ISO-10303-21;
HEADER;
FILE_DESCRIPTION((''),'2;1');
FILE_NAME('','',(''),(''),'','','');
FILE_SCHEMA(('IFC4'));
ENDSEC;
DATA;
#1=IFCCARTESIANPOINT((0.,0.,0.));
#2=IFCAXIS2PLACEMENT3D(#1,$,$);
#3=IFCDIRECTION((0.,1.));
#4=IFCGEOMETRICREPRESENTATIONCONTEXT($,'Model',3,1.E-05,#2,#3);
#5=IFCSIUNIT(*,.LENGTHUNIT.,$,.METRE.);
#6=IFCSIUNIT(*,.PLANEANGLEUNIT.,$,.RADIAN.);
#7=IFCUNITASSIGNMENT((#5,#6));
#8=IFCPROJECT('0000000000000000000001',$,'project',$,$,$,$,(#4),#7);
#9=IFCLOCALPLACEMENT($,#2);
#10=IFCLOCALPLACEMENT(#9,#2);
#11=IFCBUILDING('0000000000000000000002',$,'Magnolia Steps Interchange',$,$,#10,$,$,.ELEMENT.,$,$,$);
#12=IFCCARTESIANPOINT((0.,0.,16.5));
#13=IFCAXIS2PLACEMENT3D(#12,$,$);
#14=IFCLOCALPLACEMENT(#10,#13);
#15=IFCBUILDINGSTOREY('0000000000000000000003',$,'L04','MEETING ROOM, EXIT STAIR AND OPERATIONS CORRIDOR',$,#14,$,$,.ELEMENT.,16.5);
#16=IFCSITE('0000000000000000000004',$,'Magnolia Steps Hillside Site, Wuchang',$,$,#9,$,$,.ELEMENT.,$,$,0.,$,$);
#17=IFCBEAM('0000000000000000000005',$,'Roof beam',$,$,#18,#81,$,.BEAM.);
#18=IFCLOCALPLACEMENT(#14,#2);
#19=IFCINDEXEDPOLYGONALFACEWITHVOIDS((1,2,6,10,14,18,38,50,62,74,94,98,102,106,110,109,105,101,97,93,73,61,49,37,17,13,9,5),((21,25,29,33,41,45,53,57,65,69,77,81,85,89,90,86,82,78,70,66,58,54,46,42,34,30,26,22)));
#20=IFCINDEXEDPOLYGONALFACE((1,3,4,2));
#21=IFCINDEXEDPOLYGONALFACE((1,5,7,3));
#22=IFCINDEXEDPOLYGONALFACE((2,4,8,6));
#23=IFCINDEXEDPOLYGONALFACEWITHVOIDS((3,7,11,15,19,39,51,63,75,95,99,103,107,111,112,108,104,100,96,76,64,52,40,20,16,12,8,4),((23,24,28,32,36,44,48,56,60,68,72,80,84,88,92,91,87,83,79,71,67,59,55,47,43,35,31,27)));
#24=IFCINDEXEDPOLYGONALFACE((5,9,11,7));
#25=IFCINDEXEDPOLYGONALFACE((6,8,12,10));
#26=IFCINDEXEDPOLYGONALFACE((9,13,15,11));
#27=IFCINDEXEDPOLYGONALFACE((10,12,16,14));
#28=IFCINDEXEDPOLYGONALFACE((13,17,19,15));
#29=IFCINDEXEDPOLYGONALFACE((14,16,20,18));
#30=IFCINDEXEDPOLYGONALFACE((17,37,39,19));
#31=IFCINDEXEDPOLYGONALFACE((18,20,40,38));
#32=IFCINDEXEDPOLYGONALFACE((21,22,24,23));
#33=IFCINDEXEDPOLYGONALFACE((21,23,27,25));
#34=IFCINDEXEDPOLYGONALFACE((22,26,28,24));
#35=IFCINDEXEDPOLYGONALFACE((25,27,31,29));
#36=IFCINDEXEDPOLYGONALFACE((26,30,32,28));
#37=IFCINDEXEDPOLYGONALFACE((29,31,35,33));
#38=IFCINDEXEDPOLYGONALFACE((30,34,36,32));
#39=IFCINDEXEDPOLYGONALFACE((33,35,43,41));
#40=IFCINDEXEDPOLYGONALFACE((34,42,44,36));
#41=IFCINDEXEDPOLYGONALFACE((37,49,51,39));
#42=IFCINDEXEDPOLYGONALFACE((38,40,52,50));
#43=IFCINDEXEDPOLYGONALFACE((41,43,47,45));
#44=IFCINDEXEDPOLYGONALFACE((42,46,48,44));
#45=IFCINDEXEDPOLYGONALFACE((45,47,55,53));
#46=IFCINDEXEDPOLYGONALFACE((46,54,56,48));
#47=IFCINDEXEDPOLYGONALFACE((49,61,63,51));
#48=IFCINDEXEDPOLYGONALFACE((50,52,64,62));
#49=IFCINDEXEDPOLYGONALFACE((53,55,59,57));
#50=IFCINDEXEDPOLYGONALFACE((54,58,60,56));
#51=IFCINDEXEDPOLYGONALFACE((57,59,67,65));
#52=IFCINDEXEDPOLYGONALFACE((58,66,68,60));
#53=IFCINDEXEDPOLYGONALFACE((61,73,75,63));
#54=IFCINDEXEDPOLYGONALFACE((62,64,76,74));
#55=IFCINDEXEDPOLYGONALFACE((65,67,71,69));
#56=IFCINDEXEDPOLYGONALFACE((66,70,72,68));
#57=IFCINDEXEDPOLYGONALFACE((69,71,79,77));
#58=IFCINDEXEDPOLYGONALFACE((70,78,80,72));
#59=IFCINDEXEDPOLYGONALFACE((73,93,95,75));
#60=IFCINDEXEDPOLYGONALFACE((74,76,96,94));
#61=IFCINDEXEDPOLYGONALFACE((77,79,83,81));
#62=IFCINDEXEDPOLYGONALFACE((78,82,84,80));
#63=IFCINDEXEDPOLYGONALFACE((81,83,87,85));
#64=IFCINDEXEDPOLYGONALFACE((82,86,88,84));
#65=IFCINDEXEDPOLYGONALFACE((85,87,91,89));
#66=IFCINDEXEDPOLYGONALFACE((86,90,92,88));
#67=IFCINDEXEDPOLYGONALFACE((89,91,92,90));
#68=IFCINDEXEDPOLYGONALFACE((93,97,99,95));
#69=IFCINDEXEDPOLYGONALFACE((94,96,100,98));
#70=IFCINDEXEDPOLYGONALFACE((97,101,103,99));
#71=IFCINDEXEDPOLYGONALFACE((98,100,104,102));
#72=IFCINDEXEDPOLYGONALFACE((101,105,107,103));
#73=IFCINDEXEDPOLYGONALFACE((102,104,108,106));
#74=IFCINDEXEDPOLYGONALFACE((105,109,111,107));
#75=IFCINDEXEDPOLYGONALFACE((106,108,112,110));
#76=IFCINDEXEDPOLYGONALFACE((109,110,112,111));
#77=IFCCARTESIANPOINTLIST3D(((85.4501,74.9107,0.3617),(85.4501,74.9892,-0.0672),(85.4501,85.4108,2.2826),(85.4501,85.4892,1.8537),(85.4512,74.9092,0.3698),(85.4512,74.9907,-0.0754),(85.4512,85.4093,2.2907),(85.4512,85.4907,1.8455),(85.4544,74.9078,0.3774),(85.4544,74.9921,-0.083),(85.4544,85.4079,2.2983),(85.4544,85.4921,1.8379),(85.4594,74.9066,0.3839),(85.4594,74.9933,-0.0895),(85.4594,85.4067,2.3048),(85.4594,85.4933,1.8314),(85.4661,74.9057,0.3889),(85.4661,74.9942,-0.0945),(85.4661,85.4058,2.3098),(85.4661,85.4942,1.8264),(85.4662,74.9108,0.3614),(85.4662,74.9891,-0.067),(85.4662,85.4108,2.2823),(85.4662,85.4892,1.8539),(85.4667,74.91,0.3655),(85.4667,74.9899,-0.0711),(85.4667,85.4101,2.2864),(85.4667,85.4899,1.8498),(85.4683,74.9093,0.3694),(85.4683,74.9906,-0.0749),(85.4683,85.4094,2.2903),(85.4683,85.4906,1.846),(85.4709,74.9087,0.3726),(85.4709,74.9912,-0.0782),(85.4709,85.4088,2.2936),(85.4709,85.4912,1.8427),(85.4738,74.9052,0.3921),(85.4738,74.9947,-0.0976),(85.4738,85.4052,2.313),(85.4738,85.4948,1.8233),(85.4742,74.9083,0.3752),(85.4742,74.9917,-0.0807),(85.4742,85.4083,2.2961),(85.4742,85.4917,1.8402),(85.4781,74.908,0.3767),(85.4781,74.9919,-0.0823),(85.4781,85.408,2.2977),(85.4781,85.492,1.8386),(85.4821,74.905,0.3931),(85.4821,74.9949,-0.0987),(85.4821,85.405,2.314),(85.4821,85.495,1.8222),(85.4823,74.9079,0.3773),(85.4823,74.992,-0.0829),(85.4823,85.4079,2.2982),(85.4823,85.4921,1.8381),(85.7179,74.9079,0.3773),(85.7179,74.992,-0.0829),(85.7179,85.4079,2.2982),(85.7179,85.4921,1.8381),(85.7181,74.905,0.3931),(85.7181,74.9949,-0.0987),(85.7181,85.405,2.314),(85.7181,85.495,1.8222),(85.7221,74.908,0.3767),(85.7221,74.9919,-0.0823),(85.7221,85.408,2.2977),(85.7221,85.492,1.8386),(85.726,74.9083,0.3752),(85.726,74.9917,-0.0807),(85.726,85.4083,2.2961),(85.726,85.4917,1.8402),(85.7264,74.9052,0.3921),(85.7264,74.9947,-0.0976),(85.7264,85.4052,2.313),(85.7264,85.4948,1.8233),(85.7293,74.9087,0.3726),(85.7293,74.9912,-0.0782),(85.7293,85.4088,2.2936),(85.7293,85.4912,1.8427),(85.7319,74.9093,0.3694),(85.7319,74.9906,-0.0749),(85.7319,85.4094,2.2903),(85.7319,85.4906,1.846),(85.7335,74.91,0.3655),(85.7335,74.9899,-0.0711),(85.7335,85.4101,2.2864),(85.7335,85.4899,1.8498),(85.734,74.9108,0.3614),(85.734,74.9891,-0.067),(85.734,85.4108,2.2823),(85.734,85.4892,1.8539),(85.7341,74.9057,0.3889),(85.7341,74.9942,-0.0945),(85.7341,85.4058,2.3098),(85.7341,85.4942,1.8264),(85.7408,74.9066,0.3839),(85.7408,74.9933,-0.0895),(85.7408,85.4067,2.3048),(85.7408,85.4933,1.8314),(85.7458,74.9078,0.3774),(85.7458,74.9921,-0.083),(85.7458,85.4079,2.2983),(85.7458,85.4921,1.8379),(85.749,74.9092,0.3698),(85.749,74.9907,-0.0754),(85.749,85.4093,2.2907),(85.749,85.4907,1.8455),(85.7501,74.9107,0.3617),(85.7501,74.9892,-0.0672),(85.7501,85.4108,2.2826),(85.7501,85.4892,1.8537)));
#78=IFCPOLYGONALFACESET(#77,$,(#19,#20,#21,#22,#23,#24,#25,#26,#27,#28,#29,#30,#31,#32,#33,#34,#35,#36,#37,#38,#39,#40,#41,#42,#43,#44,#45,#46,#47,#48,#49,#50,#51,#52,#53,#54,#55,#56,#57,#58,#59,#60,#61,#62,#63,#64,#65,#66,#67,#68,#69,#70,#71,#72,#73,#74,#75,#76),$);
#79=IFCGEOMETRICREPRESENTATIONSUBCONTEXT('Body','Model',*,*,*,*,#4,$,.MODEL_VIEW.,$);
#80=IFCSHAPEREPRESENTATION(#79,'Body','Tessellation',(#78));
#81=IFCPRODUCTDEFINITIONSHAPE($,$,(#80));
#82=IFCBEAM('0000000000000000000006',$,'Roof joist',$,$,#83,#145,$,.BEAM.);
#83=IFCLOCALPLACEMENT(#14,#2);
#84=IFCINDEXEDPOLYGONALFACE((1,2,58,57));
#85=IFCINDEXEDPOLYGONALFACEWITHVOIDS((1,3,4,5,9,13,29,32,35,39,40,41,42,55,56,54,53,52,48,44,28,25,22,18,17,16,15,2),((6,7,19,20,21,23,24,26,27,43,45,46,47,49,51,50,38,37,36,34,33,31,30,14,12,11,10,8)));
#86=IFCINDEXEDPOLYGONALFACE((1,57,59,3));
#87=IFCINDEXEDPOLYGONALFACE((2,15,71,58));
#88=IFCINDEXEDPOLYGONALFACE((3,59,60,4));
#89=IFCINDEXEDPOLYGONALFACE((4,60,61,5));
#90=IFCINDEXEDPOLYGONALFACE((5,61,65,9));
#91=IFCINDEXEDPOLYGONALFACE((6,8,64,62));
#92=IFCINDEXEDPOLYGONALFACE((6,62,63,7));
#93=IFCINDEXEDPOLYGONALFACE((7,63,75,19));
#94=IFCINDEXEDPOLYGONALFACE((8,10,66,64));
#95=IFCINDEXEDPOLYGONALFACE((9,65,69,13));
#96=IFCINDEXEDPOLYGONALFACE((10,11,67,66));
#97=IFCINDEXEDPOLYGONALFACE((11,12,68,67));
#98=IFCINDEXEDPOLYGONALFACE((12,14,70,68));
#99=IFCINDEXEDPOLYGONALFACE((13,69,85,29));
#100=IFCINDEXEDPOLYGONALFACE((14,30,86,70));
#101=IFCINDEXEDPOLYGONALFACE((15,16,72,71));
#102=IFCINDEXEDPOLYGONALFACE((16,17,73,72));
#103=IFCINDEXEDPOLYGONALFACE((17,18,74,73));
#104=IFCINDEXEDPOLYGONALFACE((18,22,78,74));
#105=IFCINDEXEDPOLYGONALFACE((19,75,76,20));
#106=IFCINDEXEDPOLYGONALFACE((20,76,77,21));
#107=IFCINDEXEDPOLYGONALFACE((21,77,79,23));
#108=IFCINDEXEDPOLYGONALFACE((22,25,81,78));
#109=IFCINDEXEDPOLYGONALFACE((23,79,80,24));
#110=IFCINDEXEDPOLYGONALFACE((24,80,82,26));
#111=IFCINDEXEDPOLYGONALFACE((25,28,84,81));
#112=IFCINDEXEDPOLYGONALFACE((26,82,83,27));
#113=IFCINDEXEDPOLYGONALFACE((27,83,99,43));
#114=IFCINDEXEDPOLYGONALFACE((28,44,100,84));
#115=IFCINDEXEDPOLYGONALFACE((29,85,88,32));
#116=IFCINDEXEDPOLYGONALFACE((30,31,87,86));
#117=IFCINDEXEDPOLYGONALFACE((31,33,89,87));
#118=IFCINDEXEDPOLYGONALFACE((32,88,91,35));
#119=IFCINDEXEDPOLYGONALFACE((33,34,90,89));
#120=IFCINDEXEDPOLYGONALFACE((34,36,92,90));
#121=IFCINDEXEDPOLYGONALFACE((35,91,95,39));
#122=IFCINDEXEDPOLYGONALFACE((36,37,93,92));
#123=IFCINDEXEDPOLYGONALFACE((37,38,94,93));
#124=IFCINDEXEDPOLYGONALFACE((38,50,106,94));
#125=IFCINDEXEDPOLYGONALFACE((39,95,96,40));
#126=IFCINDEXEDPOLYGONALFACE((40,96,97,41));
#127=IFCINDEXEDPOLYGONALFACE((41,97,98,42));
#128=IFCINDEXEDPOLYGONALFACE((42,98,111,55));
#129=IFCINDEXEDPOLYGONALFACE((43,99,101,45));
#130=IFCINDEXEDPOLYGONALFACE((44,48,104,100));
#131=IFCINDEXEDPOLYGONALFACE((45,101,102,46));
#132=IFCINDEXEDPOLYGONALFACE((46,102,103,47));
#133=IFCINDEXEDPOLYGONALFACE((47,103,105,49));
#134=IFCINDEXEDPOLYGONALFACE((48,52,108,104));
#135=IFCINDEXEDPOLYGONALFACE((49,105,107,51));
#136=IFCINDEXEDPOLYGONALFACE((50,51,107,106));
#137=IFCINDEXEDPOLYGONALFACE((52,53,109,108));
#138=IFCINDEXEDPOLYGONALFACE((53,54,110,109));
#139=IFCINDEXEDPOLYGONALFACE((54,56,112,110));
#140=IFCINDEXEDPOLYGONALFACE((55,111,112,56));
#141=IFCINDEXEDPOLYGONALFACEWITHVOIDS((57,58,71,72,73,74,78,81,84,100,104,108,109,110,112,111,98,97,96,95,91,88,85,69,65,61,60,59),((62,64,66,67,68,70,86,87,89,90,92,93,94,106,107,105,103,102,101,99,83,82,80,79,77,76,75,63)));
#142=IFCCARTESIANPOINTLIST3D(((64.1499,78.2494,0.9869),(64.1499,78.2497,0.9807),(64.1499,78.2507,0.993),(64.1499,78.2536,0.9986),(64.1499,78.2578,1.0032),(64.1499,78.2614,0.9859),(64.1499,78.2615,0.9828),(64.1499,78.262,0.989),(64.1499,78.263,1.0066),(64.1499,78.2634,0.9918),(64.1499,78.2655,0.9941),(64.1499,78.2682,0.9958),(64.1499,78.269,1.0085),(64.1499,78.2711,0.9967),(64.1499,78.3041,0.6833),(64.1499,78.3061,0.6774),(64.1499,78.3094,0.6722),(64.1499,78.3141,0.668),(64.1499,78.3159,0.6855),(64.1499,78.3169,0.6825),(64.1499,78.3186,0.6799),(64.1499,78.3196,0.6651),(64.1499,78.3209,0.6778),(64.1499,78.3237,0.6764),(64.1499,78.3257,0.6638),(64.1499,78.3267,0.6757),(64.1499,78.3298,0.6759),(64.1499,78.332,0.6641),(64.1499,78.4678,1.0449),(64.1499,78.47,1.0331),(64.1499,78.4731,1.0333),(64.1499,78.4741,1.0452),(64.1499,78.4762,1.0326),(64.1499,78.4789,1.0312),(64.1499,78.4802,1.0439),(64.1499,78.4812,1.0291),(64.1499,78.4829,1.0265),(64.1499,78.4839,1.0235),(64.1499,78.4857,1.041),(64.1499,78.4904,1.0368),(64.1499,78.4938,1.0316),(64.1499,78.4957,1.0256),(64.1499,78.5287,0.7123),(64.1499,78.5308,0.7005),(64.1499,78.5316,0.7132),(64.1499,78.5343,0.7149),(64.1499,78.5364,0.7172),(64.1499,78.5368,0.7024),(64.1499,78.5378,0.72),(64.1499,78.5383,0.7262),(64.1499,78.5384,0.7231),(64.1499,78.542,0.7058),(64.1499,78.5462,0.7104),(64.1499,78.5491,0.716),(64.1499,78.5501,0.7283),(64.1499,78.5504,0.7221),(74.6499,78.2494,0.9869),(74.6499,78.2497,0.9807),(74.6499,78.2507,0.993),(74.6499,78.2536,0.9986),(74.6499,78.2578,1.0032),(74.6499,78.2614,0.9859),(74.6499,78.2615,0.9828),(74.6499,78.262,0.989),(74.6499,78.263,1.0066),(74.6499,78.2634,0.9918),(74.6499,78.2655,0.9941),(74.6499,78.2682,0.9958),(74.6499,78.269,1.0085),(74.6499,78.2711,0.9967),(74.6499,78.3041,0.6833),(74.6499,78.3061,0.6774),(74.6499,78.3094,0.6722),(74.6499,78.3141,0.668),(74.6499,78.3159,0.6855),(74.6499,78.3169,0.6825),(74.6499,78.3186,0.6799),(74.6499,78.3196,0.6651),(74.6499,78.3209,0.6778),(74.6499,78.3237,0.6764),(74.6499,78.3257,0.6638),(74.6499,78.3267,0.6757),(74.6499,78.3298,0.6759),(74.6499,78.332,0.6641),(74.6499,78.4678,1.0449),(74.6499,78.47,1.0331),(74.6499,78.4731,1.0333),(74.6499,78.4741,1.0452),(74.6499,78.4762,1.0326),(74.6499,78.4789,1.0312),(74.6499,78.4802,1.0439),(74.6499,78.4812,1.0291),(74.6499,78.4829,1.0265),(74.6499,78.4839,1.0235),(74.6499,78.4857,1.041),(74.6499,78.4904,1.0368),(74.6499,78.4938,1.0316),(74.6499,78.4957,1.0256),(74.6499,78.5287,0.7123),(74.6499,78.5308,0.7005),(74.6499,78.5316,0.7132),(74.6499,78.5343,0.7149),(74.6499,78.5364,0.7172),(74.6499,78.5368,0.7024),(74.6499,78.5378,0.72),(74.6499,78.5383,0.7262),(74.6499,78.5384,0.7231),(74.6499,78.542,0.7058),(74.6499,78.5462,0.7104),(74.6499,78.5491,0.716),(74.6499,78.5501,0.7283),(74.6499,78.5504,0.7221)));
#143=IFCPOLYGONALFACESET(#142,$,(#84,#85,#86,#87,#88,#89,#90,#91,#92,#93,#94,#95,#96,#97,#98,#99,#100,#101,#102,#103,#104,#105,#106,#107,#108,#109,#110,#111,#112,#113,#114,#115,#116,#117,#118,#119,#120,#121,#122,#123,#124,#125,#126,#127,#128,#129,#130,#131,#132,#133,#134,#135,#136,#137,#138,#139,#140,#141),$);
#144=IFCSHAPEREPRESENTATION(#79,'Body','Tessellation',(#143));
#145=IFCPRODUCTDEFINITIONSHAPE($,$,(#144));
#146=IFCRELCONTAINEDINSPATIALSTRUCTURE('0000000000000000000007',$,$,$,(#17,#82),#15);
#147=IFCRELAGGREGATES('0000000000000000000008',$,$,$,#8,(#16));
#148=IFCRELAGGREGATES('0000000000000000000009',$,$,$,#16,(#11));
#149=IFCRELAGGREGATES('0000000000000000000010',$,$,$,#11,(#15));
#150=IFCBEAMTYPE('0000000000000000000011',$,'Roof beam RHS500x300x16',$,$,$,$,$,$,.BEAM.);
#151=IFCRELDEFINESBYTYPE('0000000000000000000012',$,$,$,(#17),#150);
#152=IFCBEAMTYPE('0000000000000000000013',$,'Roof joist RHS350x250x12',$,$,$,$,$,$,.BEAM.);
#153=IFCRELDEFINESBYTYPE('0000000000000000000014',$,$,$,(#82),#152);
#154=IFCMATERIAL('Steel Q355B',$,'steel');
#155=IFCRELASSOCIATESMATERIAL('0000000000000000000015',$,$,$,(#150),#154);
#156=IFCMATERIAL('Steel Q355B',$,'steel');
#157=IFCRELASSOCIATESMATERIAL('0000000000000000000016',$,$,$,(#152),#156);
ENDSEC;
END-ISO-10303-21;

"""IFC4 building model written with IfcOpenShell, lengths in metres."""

from ifc_helpers import new_model, si_unit, direction, frame, origin, origin_2d, place, context, subcontext, project, spatial, hollow_rectangle, extrude, material, material_profile, profile_set, type_object, element, save


model = new_model("IFC4")

# Units and contexts
model_context = context("Model", 3, precision=1e-05, world=origin(), true_north=direction((0.0, 1.0)))
body_context = subcontext(model_context, "Body", "Model", "MODEL_VIEW")
ifc_project = project(units=[si_unit("LENGTHUNIT", "METRE"), si_unit("PLANEANGLEUNIT", "RADIAN")], contexts=[model_context])

# Site, building, storey
site_placement = place(None, origin())
site = spatial("IfcSite", under=ifc_project, at=site_placement, Name="Magnolia Steps Hillside Site, Wuchang", CompositionType="ELEMENT", RefElevation=0.0)
building_placement = place(site_placement, origin())
building = spatial("IfcBuilding", under=site, at=building_placement, Name="Magnolia Steps Interchange", CompositionType="ELEMENT")
storey_placement = place(building_placement, frame((0.0, 0.0, 16.5)))
storey = spatial("IfcBuildingStorey", under=building, at=storey_placement, Name="L04", Description="MEETING ROOM, EXIT STAIR AND OPERATIONS CORRIDOR", CompositionType="ELEMENT", Elevation=16.5)

# Beams
ifc_material_1 = material(Name="Steel Q355B", Category="steel")
ifc_material_profile_1 = material_profile(ifc_material_1, hollow_rectangle(XDim=0.3, YDim=0.5, WallThickness=0.0161, InnerFilletRadius=0.0161, OuterFilletRadius=0.032, at=origin_2d()), Name="RHS500x300x16")
ifc_profile_set_1 = profile_set([ifc_material_profile_1], Name="Steel Q355B")
beam_type_1 = type_object("IfcBeamType", Name="Roof beam RHS500x300x16", PredefinedType="BEAM", material=ifc_profile_set_1)
for number, where, z_axis, x_axis, name in (
    (1, (85.6001, 74.95, 0.1472), (0.0, 0.983675, 0.179956), (-1.0, 0.0, 0.0), "Roof beam"),
):
    element("IfcBeam", number, at=place(storey_placement, frame(where, z_axis=z_axis, x_axis=x_axis)), inside=storey, type_object=beam_type_1, Name=name, PredefinedType="BEAM", context=body_context, shape_type="SweptSolid", body=[
        extrude(hollow_rectangle(XDim=0.3, YDim=0.5, WallThickness=0.0161, InnerFilletRadius=0.0161, OuterFilletRadius=0.032, at=origin_2d()), origin(), (0.0, 0.0, 1.0), 10.6743),
    ])
ifc_material_2 = material(Name="Steel Q355B", Category="steel")
ifc_material_profile_2 = material_profile(ifc_material_2, hollow_rectangle(XDim=0.25, YDim=0.3501, WallThickness=0.012, InnerFilletRadius=0.012, OuterFilletRadius=0.0239, at=origin_2d()), Name="RHS350x250x12")
ifc_profile_set_2 = profile_set([ifc_material_profile_2], Name="Steel Q355B")
beam_type_2 = type_object("IfcBeamType", Name="Roof joist RHS350x250x12", PredefinedType="BEAM", material=ifc_profile_set_2)
for number, where, z_axis, x_axis, name in (
    (2, (64.1499, 78.3999, 0.8545), (1.0, 0.0, 0.0), (0.0, 0.983677, 0.179941), "Roof joist"),
):
    element("IfcBeam", number, at=place(storey_placement, frame(where, z_axis=z_axis, x_axis=x_axis)), inside=storey, type_object=beam_type_2, Name=name, PredefinedType="BEAM", context=body_context, shape_type="SweptSolid", body=[
        extrude(hollow_rectangle(XDim=0.25, YDim=0.3501, WallThickness=0.012, InnerFilletRadius=0.012, OuterFilletRadius=0.0239, at=origin_2d()), origin(), (0.0, 0.0, 1.0), 10.5),
    ])

save(model, "model.ifc")
